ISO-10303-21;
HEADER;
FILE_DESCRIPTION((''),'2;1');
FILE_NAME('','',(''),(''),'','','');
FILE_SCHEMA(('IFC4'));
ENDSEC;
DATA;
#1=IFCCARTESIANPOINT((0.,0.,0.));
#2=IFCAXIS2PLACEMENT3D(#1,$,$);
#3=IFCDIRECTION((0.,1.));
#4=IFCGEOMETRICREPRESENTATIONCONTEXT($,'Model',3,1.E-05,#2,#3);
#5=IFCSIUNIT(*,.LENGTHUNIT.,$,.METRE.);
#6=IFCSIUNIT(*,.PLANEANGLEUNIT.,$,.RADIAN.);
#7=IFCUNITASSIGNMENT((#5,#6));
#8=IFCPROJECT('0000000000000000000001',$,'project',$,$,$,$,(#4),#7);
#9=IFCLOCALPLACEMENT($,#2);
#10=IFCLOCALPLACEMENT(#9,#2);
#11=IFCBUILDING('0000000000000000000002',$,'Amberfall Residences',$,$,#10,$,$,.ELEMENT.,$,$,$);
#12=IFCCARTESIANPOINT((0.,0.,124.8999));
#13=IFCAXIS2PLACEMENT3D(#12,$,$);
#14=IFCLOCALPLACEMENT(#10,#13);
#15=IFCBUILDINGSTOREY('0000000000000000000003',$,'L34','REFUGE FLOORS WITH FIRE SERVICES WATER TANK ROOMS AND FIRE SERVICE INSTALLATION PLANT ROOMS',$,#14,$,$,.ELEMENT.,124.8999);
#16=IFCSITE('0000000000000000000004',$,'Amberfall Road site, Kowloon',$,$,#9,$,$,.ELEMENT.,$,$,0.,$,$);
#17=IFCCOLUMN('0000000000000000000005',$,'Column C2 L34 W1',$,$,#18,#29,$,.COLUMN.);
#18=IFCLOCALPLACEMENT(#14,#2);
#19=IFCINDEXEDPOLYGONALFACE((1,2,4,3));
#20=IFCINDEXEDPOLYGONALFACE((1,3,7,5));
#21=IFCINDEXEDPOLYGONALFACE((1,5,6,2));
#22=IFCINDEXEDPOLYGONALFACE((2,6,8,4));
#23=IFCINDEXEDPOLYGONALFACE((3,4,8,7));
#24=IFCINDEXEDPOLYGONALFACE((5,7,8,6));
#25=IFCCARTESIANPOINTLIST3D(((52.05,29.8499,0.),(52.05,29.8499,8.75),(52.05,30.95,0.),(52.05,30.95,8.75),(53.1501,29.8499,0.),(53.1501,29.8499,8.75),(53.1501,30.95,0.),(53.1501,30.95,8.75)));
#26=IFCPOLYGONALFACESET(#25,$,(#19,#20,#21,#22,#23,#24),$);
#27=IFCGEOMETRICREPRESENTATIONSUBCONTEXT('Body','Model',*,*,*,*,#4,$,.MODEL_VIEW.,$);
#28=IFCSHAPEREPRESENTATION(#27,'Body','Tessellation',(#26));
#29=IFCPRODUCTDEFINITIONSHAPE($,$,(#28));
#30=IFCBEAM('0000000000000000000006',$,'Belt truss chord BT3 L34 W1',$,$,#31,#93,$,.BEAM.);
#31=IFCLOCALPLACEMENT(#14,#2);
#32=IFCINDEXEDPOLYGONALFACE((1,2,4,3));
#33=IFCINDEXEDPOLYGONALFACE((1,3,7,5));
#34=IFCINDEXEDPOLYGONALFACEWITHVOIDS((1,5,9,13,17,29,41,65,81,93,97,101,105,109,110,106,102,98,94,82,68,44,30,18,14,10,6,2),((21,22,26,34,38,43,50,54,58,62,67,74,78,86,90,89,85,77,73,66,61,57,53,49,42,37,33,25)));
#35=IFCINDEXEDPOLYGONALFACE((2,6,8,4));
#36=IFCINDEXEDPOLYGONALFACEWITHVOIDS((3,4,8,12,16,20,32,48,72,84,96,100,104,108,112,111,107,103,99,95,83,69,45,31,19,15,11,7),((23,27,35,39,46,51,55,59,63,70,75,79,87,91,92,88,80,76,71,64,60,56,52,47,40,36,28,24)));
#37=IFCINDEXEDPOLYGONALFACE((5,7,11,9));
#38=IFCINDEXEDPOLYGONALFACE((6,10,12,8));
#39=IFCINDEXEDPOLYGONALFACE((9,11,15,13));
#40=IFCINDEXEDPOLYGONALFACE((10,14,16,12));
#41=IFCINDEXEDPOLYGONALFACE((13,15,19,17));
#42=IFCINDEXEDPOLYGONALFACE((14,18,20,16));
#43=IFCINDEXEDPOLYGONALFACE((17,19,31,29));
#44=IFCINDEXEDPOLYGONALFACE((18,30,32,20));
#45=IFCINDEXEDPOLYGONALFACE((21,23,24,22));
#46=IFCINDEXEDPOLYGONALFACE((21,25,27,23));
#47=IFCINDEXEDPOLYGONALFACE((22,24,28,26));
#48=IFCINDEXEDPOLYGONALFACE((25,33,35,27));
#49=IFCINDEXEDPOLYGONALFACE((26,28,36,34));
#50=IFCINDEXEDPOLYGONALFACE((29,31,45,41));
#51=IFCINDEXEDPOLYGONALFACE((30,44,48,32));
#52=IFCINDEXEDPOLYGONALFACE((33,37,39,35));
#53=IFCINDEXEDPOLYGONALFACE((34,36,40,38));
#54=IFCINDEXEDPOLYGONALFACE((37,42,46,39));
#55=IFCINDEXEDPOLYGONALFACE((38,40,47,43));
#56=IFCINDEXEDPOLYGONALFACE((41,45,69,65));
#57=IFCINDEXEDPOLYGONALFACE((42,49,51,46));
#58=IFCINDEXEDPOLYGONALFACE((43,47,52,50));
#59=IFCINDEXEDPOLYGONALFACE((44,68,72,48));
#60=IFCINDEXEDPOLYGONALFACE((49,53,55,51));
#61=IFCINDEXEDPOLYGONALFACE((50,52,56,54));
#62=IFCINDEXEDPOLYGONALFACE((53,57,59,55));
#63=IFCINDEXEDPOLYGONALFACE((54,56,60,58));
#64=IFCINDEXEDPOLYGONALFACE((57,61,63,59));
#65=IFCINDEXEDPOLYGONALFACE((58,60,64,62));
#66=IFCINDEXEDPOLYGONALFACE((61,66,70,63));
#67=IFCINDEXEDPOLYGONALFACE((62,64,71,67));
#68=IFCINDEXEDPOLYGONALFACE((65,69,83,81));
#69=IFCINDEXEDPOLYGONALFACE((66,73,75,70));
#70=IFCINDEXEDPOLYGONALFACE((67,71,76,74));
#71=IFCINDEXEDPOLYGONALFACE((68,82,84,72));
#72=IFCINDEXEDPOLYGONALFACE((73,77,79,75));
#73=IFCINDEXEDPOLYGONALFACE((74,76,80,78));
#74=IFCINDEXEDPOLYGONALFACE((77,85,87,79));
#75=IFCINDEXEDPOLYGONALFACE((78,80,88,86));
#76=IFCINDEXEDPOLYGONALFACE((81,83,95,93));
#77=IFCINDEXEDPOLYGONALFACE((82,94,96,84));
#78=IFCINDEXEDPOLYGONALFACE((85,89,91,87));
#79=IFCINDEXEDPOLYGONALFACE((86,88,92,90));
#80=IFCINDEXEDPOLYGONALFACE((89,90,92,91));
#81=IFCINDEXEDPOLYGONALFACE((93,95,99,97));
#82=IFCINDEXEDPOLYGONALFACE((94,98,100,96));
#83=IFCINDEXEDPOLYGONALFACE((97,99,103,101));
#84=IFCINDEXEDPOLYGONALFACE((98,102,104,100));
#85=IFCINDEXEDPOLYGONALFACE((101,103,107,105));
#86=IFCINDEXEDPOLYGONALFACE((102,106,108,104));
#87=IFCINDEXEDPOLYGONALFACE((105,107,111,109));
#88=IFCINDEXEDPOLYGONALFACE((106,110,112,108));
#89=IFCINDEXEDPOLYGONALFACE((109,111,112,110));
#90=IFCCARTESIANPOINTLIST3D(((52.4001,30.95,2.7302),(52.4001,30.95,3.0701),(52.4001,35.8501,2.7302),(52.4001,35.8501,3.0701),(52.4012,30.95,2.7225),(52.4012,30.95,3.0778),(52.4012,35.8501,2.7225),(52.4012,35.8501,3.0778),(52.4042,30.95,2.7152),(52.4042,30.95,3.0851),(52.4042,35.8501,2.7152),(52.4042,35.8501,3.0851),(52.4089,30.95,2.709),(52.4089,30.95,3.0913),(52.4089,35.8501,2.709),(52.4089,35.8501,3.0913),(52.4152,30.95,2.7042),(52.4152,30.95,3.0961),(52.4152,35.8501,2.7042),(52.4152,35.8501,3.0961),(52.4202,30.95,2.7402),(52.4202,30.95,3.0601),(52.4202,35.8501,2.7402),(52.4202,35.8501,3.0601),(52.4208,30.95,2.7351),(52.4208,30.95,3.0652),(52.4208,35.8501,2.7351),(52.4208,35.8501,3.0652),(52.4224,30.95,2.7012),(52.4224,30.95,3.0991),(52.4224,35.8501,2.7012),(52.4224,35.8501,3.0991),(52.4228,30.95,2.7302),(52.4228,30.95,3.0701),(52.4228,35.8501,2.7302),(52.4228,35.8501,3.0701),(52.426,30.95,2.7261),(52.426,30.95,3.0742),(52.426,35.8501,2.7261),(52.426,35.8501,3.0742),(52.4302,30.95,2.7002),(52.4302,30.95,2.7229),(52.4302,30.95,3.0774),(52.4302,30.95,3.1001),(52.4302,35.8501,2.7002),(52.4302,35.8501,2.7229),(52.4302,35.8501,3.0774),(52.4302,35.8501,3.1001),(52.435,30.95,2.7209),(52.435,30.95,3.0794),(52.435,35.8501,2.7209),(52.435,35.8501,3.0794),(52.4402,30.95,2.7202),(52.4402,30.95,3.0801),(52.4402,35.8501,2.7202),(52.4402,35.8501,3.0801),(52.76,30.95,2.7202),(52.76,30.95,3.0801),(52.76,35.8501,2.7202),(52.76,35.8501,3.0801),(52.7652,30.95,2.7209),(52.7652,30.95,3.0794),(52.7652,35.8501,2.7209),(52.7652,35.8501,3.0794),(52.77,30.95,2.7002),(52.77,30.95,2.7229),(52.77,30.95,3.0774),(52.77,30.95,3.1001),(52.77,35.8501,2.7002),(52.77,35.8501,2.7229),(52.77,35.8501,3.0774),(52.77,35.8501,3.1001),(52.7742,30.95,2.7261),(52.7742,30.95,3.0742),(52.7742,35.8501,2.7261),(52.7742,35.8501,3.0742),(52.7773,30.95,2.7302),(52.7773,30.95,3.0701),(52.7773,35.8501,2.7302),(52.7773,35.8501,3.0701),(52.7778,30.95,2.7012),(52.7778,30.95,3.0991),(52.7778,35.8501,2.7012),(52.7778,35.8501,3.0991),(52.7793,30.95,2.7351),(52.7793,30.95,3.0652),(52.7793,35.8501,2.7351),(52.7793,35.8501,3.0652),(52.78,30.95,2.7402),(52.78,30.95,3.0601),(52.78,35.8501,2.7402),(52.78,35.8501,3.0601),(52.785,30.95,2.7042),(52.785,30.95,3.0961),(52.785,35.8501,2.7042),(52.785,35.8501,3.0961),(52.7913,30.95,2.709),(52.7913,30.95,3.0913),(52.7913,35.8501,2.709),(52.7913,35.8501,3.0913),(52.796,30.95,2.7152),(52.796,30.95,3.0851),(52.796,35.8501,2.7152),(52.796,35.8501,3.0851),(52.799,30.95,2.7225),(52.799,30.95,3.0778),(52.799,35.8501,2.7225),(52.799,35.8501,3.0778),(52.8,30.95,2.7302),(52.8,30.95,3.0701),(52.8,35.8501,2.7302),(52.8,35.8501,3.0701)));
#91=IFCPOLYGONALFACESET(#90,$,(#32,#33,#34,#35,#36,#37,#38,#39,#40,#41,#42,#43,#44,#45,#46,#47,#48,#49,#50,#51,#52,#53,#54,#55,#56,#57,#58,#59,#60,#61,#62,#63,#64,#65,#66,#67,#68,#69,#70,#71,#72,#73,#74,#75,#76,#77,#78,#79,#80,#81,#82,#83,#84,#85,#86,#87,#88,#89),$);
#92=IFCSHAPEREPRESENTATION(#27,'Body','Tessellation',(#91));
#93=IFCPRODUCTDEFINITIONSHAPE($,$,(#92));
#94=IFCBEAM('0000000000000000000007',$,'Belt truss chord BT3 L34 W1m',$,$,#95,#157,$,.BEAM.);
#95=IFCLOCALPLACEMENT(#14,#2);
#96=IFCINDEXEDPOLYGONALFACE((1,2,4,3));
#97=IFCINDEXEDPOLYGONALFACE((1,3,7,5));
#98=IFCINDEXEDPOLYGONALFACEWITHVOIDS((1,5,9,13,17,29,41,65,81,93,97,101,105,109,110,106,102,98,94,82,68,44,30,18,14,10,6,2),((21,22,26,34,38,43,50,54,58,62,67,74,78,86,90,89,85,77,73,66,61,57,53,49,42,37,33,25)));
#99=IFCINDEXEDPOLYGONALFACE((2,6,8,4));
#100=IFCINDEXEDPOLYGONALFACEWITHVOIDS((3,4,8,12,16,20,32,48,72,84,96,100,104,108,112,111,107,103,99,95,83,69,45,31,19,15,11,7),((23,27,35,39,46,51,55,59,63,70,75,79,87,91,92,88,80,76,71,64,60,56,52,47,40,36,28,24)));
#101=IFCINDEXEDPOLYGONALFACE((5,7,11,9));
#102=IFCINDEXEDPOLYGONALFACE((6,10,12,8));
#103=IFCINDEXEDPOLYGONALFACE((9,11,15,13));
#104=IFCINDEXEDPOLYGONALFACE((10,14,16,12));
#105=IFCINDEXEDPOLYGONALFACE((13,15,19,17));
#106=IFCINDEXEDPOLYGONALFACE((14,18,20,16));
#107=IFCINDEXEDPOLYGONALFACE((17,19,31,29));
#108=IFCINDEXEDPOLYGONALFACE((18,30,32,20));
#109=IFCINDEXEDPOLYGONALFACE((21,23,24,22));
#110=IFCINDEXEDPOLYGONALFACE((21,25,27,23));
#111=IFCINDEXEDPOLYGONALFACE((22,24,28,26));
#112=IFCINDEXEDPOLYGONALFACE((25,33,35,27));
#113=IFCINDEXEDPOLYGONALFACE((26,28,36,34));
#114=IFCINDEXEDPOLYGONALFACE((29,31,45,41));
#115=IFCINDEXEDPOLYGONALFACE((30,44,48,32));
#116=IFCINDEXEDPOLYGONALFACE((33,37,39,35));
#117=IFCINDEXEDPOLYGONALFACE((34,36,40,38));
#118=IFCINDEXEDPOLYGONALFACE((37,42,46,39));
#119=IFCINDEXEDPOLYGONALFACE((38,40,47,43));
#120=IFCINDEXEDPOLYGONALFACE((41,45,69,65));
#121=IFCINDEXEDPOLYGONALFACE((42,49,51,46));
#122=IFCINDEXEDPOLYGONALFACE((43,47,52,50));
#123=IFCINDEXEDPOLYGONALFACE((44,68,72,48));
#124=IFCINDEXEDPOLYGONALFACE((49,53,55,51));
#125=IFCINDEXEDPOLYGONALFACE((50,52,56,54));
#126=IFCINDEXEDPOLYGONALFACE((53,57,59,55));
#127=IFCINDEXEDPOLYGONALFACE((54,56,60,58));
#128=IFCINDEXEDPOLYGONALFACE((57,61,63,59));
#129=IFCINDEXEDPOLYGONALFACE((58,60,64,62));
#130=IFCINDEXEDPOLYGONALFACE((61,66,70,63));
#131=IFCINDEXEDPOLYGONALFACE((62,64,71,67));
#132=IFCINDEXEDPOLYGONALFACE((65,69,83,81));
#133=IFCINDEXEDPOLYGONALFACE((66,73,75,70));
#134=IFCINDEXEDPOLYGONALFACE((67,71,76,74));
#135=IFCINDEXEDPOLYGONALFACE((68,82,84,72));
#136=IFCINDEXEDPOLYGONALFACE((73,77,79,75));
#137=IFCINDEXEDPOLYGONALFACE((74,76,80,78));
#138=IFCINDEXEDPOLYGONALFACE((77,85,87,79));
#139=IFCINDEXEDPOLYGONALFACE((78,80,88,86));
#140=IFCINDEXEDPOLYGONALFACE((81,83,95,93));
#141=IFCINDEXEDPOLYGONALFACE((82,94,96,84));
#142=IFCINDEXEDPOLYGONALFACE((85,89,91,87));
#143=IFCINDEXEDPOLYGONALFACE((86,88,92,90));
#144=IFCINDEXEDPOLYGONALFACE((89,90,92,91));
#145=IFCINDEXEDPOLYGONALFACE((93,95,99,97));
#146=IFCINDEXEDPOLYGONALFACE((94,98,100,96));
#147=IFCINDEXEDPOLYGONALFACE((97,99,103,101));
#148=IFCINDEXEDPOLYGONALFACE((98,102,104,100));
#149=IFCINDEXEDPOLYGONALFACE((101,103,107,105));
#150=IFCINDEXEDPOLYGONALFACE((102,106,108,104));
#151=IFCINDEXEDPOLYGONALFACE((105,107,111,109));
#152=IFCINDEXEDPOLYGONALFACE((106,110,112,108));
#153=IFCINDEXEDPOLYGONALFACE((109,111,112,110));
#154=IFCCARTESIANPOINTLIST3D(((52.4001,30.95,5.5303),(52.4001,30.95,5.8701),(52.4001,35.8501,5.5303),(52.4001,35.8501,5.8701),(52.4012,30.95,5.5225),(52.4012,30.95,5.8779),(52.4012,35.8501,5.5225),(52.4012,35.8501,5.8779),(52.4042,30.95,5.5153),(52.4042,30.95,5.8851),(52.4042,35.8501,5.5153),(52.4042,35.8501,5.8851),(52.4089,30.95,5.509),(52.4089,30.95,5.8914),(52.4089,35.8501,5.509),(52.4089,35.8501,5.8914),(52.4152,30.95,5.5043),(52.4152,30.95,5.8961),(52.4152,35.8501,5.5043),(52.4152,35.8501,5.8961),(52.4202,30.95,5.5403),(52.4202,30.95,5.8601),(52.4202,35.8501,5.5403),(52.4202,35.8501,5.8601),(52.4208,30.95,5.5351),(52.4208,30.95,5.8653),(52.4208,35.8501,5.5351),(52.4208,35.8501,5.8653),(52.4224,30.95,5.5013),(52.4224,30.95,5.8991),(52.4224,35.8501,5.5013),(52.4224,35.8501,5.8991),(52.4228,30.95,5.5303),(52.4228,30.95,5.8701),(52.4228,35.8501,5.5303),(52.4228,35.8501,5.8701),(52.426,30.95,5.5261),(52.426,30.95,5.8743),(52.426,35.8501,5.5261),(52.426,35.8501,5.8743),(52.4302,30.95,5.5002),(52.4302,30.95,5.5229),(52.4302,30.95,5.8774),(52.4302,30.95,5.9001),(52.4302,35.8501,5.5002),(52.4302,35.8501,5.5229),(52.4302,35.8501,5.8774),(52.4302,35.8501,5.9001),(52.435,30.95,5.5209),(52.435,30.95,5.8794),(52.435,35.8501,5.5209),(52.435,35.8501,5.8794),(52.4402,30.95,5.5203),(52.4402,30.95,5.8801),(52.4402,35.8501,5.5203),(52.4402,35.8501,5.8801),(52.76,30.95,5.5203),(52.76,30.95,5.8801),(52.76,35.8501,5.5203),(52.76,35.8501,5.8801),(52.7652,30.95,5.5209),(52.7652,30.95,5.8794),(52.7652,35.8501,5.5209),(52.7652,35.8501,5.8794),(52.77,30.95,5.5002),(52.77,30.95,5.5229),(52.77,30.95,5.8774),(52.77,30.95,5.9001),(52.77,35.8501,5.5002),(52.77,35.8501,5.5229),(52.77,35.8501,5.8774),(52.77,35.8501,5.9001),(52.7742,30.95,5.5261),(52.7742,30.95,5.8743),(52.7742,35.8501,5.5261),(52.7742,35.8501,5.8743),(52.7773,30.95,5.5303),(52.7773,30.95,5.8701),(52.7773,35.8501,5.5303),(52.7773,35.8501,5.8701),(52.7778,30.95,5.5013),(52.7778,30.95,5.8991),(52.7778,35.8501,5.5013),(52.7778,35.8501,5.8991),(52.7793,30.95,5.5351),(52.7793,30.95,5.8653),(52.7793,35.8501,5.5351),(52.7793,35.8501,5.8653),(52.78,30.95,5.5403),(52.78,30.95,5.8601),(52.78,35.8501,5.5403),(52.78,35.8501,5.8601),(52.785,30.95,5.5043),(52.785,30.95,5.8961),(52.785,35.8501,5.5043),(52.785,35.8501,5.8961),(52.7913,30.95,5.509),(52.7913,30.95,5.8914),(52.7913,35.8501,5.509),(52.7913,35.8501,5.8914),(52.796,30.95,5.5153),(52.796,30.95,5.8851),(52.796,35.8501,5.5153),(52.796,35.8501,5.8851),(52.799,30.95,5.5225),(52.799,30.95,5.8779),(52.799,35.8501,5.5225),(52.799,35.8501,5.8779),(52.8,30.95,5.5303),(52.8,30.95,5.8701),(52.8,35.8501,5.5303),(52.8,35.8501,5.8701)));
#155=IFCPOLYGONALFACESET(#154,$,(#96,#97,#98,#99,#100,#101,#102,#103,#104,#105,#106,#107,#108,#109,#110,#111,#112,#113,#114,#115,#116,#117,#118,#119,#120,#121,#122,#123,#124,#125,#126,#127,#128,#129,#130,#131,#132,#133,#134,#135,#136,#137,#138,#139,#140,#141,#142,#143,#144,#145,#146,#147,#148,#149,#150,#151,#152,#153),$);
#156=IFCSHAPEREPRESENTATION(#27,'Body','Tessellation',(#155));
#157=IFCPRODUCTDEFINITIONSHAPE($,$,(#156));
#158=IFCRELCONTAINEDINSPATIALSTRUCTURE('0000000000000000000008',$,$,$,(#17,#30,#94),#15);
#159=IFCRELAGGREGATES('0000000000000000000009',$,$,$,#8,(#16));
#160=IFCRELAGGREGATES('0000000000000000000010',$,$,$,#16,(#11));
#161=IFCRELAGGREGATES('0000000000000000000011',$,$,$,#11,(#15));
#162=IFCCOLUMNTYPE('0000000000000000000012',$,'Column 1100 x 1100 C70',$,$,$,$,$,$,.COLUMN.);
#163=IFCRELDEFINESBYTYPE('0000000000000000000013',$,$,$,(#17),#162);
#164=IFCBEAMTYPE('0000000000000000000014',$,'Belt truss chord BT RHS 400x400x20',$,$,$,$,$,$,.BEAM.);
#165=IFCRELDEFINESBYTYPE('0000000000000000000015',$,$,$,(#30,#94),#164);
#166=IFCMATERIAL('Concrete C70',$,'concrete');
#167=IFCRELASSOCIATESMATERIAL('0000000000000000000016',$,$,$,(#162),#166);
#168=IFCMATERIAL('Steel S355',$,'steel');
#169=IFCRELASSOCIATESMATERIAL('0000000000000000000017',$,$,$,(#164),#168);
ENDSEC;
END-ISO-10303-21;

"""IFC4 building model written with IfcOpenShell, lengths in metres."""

from ifc_helpers import new_model, si_unit, direction, frame, origin, origin_2d, place, context, subcontext, project, spatial, rectangle, hollow_rectangle, extrude, material, material_profile, profile_set, type_object, element, save


model = new_model("IFC4")

# Units and contexts
model_context = context("Model", 3, precision=1e-05, world=origin(), true_north=direction((0.0, 1.0)))
body_context = subcontext(model_context, "Body", "Model", "MODEL_VIEW")
ifc_project = project(units=[si_unit("LENGTHUNIT", "METRE"), si_unit("PLANEANGLEUNIT", "RADIAN")], contexts=[model_context])

# Site, building, storey
site_placement = place(None, origin())
site = spatial("IfcSite", under=ifc_project, at=site_placement, Name="Amberfall Road site, Kowloon", CompositionType="ELEMENT", RefElevation=0.0)
building_placement = place(site_placement, origin())
building = spatial("IfcBuilding", under=site, at=building_placement, Name="Amberfall Residences", CompositionType="ELEMENT")
storey_placement = place(building_placement, frame((0.0, 0.0, 124.8999)))
storey = spatial("IfcBuildingStorey", under=building, at=storey_placement, Name="L34", Description="REFUGE FLOORS WITH FIRE SERVICES WATER TANK ROOMS AND FIRE SERVICE INSTALLATION PLANT ROOMS", CompositionType="ELEMENT", Elevation=124.8999)

# Column
ifc_material_1 = material(Name="Concrete C70", Category="concrete")
ifc_material_profile_1 = material_profile(ifc_material_1, rectangle(XDim=1.1001, YDim=1.1001, at=origin_2d()), Name="Column 1100 x 1100 C70")
ifc_profile_set_1 = profile_set([ifc_material_profile_1], Name="Concrete C70")
column_type = type_object("IfcColumnType", Name="Column 1100 x 1100 C70", PredefinedType="COLUMN", material=ifc_profile_set_1)
column_placement = place(storey_placement, frame((52.6001, 30.3999, 0.0), z_axis=(0.0, 0.0, 1.0), x_axis=(1.0, 0.0, 0.0)))
element("IfcColumn", 1, at=column_placement, inside=storey, type_object=column_type, Name="Column C2 L34 W1", PredefinedType="COLUMN", context=body_context, shape_type="SweptSolid", body=[
    extrude(rectangle(XDim=1.1001, YDim=1.1001, at=origin_2d()), origin(), (0.0, 0.0, 1.0), 8.75),
])

# Beams
ifc_material_2 = material(Name="Steel S355", Category="steel")
ifc_material_profile_2 = material_profile(ifc_material_2, hollow_rectangle(XDim=0.3999, YDim=0.3999, WallThickness=0.02, InnerFilletRadius=0.02, OuterFilletRadius=0.03, at=origin_2d()), Name="RHS 400x400x20")
ifc_profile_set_2 = profile_set([ifc_material_profile_2], Name="Steel S355")
beam_type_1 = type_object("IfcBeamType", Name="Belt truss chord BT RHS 400x400x20", PredefinedType="BEAM", material=ifc_profile_set_2)
for number, where, z_axis, x_axis, name in (
    (2, (52.6001, 30.95, 2.9001), (0.0, 1.0, 0.0), (-1.0, 0.0, 0.0), "Belt truss chord BT3 L34 W1"),
    (3, (52.6001, 30.95, 5.7002), (0.0, 1.0, 0.0), (-1.0, 0.0, 0.0), "Belt truss chord BT3 L34 W1m"),
):
    element("IfcBeam", number, at=place(storey_placement, frame(where, z_axis=z_axis, x_axis=x_axis)), inside=storey, type_object=beam_type_1, Name=name, PredefinedType="BEAM", context=body_context, shape_type="SweptSolid", body=[
        extrude(hollow_rectangle(XDim=0.3999, YDim=0.3999, WallThickness=0.02, InnerFilletRadius=0.02, OuterFilletRadius=0.03, at=origin_2d()), origin(), (0.0, 0.0, 1.0), 4.9001),
    ])

save(model, "model.ifc")
